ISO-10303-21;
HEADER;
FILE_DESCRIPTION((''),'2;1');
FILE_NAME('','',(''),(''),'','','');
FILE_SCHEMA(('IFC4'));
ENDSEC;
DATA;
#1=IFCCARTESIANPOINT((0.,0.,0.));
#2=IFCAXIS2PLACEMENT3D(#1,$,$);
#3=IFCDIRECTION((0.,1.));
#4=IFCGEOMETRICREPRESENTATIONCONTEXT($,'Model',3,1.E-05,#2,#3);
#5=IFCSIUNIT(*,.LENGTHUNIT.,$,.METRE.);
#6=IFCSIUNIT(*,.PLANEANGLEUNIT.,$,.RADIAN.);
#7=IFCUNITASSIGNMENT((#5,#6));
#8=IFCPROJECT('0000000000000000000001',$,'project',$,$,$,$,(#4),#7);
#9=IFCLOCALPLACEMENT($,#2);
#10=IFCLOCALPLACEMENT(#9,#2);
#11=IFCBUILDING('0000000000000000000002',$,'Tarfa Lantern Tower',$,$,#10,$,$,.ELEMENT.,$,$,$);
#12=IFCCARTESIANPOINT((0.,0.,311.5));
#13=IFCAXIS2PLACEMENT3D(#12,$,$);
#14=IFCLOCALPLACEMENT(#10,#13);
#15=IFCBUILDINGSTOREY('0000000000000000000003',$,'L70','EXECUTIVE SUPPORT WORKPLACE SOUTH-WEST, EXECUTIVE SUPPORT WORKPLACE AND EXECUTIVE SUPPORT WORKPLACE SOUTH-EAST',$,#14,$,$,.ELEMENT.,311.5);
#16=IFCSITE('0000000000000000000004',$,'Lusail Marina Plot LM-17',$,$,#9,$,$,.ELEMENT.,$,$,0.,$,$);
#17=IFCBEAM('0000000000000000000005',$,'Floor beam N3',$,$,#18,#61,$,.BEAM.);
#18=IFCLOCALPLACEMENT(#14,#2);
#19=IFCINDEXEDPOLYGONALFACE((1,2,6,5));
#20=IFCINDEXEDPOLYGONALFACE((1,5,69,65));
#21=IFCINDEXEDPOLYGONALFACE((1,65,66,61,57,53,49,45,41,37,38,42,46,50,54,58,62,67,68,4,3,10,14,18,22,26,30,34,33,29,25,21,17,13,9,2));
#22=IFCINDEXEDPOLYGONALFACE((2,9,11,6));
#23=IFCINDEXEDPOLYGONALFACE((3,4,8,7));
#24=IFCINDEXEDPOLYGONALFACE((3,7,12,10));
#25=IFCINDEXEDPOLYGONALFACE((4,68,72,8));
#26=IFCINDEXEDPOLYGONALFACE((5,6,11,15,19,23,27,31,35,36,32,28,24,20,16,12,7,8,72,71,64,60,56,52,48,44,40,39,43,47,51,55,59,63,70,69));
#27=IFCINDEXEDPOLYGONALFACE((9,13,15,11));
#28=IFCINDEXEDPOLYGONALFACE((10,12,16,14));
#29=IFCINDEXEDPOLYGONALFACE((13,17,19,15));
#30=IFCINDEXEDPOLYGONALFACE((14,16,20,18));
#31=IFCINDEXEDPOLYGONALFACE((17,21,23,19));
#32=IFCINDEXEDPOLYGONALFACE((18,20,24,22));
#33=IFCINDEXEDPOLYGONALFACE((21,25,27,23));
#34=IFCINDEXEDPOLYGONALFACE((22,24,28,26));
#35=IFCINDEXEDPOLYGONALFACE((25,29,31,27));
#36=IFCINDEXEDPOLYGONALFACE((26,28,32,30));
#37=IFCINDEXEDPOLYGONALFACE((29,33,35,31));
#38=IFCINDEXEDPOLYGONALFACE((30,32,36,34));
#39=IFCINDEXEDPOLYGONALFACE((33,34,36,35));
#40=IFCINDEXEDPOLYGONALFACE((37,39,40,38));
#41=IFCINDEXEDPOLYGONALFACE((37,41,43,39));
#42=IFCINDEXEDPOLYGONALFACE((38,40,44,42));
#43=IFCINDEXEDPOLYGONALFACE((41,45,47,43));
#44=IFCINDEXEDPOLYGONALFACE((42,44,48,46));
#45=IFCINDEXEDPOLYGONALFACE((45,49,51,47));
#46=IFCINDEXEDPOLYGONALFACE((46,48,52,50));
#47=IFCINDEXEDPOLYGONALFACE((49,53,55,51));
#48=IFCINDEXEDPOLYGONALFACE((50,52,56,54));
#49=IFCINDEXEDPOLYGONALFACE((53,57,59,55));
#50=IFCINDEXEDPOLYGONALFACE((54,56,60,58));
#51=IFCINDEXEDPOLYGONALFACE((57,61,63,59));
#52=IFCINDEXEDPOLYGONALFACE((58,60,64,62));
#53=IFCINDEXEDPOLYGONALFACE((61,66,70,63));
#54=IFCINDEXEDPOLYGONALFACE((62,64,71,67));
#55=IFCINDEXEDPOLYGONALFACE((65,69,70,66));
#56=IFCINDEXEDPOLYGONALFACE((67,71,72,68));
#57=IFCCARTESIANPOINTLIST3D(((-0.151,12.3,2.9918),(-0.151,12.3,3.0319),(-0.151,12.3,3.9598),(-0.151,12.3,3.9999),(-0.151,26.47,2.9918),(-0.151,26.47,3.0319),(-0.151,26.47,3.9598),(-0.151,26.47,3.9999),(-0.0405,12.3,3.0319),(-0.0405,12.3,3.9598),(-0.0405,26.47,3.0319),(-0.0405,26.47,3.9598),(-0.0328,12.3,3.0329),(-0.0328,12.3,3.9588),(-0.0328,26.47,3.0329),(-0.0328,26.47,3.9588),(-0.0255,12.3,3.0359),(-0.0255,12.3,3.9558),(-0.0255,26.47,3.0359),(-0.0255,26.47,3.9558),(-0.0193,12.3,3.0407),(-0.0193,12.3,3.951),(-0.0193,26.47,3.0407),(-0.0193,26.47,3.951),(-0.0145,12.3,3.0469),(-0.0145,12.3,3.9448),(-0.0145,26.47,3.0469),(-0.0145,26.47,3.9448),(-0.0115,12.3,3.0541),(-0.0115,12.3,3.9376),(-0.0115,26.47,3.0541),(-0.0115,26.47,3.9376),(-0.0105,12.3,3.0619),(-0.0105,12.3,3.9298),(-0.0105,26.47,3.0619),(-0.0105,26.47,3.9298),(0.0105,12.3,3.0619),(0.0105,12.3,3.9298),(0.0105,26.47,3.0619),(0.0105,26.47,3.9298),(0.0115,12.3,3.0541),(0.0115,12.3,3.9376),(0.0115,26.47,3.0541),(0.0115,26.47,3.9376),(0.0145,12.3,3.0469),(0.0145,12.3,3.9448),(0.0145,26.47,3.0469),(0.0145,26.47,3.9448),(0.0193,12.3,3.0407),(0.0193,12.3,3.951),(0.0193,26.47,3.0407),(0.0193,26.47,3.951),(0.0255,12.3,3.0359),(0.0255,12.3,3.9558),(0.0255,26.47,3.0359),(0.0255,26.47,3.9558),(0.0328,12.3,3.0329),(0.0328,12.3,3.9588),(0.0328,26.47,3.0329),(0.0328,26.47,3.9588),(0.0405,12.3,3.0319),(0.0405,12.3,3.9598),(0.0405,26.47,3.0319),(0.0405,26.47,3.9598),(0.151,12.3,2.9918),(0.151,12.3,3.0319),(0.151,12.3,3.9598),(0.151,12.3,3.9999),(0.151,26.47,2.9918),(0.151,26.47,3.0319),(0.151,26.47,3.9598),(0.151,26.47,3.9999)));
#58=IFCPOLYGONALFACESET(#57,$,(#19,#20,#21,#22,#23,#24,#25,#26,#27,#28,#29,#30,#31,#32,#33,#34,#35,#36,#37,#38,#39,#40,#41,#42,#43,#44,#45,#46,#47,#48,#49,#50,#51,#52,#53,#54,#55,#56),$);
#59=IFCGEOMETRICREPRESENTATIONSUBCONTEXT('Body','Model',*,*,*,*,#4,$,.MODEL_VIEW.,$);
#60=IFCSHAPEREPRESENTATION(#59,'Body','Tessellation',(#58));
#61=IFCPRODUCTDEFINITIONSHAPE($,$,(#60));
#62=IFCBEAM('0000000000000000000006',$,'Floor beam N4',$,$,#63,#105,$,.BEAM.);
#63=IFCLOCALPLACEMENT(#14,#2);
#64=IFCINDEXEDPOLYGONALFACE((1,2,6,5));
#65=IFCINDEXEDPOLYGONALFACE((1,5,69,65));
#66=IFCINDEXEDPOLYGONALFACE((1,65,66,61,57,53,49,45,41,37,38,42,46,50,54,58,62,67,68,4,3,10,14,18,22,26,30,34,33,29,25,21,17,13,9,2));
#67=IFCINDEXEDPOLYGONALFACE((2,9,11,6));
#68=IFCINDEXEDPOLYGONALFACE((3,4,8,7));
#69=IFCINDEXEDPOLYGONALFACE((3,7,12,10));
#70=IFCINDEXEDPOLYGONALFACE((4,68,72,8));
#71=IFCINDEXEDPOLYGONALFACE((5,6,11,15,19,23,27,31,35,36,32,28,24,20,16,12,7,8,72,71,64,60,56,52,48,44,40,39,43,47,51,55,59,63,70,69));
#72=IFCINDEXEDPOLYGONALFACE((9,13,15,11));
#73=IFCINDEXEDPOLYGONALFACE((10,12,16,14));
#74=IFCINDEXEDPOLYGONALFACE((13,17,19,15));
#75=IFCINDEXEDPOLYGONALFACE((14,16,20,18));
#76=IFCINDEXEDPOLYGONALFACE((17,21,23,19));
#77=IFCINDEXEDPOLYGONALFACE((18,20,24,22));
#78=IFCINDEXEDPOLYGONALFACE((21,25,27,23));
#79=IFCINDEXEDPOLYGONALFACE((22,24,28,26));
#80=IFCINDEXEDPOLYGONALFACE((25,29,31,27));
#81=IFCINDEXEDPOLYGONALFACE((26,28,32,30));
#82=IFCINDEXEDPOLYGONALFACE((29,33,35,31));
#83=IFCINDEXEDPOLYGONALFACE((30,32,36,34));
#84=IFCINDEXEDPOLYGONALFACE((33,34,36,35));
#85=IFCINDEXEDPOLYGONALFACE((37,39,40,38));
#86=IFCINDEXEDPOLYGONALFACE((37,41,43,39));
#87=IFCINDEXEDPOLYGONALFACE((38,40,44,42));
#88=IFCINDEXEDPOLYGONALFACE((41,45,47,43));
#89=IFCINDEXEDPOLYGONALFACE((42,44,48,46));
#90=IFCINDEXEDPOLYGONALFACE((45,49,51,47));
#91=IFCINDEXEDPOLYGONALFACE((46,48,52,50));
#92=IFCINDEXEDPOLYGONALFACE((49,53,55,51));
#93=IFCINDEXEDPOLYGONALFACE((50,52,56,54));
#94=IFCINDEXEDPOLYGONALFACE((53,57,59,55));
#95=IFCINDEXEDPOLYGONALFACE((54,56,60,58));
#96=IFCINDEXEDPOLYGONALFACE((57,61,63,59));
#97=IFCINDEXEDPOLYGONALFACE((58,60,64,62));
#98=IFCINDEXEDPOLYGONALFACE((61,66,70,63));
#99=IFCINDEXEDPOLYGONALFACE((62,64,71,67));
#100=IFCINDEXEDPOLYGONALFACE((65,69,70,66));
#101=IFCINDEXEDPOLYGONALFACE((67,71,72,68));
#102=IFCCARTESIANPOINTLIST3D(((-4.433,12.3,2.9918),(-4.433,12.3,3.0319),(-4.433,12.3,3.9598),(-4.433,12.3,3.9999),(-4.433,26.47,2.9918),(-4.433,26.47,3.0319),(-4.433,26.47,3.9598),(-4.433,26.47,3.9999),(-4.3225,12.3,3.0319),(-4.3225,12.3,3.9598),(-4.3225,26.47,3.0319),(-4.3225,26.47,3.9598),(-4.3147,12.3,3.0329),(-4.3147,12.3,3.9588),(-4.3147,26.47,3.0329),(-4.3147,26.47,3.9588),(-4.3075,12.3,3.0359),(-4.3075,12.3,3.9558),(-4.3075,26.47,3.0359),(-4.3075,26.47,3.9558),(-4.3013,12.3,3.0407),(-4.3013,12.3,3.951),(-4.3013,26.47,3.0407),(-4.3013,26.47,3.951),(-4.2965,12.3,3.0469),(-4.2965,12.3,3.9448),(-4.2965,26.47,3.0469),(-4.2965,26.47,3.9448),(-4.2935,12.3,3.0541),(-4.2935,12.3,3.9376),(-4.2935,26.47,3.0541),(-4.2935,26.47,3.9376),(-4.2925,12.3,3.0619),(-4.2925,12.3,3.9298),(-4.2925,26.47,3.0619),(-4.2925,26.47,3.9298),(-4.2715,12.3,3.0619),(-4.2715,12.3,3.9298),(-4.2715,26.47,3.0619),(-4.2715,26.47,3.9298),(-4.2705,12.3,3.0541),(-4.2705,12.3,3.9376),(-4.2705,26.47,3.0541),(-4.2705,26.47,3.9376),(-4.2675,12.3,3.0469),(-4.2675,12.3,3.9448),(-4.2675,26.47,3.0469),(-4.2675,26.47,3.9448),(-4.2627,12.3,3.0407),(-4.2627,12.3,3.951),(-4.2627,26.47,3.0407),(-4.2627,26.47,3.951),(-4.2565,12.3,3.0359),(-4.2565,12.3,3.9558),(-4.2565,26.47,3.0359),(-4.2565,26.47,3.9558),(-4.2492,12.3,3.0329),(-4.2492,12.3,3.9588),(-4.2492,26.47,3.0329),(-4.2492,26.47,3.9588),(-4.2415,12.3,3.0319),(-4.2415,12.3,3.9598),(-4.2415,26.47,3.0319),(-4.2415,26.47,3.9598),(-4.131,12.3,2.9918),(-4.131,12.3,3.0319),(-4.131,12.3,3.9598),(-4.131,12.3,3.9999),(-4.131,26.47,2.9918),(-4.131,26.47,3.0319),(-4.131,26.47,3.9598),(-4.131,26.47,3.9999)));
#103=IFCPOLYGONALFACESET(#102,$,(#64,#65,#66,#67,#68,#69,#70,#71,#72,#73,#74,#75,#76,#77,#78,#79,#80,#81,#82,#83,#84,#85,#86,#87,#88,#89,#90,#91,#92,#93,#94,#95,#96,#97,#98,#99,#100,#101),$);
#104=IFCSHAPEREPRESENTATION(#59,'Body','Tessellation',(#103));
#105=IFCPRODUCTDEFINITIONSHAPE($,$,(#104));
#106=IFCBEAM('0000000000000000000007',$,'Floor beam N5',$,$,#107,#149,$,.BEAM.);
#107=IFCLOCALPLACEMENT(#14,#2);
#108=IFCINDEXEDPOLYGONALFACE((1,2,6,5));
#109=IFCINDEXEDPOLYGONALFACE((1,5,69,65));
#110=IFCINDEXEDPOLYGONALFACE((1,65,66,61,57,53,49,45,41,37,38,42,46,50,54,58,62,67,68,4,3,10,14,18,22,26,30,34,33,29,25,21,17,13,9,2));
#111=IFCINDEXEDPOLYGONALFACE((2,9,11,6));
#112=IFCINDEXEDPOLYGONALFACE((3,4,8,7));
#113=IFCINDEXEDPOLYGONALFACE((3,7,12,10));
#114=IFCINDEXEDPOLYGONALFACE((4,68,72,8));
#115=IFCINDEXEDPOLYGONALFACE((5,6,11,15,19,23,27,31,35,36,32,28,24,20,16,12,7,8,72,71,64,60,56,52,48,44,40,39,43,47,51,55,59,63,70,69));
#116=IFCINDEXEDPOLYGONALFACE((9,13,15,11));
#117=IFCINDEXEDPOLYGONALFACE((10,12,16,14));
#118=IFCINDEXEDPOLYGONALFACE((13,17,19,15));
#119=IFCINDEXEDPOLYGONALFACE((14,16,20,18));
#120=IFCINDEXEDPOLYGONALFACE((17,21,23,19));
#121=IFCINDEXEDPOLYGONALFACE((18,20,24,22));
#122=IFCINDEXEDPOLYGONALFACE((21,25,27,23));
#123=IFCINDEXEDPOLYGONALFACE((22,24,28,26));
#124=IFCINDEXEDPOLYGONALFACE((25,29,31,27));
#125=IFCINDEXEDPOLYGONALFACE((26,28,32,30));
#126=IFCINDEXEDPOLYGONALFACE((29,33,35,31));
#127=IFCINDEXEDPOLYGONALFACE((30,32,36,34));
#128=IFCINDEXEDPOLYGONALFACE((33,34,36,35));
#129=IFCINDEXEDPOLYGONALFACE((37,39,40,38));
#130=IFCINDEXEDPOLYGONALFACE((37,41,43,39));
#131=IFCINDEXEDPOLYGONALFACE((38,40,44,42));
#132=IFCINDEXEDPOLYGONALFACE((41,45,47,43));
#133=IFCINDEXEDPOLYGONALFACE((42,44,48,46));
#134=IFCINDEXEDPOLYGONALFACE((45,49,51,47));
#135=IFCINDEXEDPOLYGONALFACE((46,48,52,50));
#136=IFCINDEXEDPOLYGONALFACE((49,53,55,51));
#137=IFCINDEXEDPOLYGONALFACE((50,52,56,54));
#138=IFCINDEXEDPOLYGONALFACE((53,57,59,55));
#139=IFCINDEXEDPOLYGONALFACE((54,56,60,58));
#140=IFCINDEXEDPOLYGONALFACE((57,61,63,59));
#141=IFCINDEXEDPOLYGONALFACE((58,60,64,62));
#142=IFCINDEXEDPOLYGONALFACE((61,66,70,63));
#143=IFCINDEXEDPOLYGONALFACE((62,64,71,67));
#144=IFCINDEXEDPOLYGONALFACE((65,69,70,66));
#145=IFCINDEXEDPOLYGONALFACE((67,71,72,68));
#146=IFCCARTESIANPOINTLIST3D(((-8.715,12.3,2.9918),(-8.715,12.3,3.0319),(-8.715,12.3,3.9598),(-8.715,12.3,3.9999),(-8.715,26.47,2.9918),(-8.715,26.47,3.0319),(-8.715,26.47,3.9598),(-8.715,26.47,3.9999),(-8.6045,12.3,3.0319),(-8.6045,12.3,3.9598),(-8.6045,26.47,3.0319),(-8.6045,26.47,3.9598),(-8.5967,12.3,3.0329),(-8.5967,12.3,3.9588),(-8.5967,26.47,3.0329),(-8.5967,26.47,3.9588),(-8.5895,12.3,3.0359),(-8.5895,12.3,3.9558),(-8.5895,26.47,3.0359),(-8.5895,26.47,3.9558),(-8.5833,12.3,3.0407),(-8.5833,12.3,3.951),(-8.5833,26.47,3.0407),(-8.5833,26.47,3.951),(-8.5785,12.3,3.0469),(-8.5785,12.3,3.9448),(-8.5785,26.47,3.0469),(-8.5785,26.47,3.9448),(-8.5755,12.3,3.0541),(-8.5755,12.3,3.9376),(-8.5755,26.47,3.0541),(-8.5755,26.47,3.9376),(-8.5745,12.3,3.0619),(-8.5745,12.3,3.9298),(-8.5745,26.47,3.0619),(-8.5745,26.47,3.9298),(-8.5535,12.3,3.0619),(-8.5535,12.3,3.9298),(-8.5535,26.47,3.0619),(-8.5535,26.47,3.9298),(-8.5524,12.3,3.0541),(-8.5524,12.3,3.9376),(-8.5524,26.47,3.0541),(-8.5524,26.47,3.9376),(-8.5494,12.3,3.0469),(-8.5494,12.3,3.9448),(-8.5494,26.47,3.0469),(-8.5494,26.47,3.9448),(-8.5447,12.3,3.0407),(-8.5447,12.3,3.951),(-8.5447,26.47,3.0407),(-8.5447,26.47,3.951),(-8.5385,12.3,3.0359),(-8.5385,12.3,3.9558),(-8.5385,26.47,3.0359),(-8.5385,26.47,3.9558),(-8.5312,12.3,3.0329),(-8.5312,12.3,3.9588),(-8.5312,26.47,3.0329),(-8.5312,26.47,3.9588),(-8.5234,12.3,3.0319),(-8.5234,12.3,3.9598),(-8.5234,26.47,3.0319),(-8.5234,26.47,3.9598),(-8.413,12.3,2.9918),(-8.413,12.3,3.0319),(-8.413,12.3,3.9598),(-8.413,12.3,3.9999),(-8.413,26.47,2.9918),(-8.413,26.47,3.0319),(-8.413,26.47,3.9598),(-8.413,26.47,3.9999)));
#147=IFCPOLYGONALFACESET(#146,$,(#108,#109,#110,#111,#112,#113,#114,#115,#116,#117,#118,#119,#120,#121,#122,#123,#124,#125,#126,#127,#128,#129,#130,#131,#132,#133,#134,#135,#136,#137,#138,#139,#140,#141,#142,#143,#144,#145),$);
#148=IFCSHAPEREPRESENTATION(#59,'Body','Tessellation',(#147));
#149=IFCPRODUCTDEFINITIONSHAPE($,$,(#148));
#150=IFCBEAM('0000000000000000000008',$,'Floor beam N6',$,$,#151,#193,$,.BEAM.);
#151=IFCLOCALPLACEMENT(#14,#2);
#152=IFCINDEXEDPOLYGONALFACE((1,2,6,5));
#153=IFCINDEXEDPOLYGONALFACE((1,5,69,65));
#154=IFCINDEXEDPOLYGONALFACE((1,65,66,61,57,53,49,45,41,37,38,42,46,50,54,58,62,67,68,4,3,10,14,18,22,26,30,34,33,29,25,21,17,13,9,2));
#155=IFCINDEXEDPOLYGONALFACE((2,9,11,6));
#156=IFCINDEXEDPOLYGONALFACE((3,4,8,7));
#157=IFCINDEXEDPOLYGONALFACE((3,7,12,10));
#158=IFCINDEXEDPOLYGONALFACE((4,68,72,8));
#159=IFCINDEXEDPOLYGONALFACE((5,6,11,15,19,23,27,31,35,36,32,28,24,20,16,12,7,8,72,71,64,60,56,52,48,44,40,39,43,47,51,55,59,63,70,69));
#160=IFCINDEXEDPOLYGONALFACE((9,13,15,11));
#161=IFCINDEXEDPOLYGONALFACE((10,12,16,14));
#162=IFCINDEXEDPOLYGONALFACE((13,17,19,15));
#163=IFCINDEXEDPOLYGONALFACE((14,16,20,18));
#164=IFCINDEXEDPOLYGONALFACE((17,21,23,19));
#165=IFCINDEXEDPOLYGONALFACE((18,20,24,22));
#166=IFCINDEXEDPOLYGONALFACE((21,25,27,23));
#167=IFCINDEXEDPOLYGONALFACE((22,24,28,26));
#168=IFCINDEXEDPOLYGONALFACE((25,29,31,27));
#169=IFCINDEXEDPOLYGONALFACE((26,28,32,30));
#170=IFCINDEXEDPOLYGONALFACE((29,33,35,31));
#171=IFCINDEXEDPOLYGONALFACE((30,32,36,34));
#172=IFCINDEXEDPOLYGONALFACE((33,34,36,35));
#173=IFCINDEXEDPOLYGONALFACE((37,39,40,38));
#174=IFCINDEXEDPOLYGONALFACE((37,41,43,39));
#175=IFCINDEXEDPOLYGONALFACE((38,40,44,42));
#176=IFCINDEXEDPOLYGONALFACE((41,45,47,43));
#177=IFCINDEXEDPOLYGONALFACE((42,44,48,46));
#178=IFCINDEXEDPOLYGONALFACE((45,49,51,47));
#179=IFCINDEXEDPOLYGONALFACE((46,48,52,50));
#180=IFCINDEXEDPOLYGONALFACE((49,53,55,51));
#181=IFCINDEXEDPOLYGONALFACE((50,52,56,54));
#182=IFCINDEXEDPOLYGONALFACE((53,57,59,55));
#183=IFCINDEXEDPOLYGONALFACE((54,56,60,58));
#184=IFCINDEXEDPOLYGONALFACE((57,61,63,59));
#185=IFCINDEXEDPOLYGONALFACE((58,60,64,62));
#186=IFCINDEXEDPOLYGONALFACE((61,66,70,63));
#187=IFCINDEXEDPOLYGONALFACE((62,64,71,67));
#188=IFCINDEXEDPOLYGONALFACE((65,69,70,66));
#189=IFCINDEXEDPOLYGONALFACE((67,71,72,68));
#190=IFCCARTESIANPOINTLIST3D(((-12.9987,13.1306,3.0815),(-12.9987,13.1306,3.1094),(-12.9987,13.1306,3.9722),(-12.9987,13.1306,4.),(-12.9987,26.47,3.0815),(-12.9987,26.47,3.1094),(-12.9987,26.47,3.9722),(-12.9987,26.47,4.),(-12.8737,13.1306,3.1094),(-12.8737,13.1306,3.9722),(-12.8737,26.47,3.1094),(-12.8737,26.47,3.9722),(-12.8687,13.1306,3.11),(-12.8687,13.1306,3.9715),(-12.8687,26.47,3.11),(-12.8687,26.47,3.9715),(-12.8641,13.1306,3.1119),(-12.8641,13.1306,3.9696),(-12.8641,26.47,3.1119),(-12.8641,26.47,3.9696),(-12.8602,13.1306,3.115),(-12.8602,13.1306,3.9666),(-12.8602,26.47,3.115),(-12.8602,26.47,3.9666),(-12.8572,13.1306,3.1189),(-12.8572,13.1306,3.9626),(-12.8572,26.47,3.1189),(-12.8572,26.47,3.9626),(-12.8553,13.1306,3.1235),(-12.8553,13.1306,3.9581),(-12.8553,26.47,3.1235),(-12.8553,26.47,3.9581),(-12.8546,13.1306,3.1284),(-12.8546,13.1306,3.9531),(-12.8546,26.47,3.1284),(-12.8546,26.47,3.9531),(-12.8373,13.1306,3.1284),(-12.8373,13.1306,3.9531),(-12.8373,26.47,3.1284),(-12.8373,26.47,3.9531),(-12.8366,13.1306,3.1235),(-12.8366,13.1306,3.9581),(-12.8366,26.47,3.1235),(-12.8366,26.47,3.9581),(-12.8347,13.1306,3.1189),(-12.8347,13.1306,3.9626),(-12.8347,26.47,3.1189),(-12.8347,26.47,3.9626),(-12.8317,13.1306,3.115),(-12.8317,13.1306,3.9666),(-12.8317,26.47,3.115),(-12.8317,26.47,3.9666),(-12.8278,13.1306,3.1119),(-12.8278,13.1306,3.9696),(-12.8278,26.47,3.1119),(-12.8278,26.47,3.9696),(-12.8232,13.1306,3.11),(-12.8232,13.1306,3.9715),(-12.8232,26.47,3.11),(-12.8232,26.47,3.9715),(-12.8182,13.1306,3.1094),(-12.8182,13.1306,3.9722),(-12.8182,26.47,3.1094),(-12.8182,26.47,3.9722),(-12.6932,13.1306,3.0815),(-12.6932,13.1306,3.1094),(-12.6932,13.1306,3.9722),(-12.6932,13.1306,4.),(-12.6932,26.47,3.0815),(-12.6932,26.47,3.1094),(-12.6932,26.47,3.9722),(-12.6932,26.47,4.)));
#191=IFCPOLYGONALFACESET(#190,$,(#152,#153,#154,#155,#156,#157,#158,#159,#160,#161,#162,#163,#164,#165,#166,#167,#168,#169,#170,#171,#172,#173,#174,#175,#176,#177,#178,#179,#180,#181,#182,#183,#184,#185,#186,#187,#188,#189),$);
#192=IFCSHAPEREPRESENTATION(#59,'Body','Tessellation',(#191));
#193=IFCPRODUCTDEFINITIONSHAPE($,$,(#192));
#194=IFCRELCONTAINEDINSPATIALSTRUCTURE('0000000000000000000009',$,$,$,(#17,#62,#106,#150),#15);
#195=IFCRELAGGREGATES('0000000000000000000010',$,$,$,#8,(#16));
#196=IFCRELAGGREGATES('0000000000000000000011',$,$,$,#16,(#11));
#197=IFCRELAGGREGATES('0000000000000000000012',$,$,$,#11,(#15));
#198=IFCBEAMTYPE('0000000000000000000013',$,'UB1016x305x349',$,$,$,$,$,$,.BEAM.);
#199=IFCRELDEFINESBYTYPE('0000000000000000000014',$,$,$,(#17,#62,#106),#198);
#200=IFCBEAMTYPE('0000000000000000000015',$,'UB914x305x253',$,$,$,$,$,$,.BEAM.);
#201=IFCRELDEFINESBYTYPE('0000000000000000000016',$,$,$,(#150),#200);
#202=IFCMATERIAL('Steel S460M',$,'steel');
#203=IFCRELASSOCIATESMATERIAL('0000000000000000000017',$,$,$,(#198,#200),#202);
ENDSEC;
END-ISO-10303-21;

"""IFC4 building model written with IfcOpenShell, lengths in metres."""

from ifc_helpers import new_model, si_unit, direction, frame, origin, origin_2d, place, context, subcontext, project, spatial, i_section, extrude, material, material_profile, profile_set, type_object, element, save


model = new_model("IFC4")

# Units and contexts
model_context = context("Model", 3, precision=1e-05, world=origin(), true_north=direction((0.0, 1.0)))
body_context = subcontext(model_context, "Body", "Model", "MODEL_VIEW")
ifc_project = project(units=[si_unit("LENGTHUNIT", "METRE"), si_unit("PLANEANGLEUNIT", "RADIAN")], contexts=[model_context])

# Site, building, storey
site_placement = place(None, origin())
site = spatial("IfcSite", under=ifc_project, at=site_placement, Name="Lusail Marina Plot LM-17", CompositionType="ELEMENT", RefElevation=0.0)
building_placement = place(site_placement, origin())
building = spatial("IfcBuilding", under=site, at=building_placement, Name="Tarfa Lantern Tower", CompositionType="ELEMENT")
storey_placement = place(building_placement, frame((0.0, 0.0, 311.5)))
storey = spatial("IfcBuildingStorey", under=building, at=storey_placement, Name="L70", Description="EXECUTIVE SUPPORT WORKPLACE SOUTH-WEST, EXECUTIVE SUPPORT WORKPLACE AND EXECUTIVE SUPPORT WORKPLACE SOUTH-EAST", CompositionType="ELEMENT", Elevation=311.5)

# Shared definitions
ifc_material_1 = material(Name="Steel S460M", Category="steel")

# Beams
ifc_material_profile_1 = material_profile(ifc_material_1, i_section(OverallWidth=0.302, OverallDepth=1.0081, WebThickness=0.021, FlangeThickness=0.04, FilletRadius=0.03, at=origin_2d()), Name="UB1016x305x349")
ifc_profile_set_1 = profile_set([ifc_material_profile_1], Name="Steel S460M")
beam_type_1 = type_object("IfcBeamType", Name="UB1016x305x349", PredefinedType="BEAM", material=ifc_profile_set_1)
for number, where, z_axis, x_axis, name in (
    (1, (0.0, 26.47, 3.4958), (0.0, -1.0, 0.0), (1.0, 0.0, 0.0), "Floor beam N3"),
    (2, (-4.282, 26.47, 3.4958), (0.0, -1.0, 0.0), (1.0, 0.0, 0.0), "Floor beam N4"),
    (3, (-8.564, 26.47, 3.4958), (0.0, -1.0, 0.0), (1.0, 0.0, 0.0), "Floor beam N5"),
):
    element("IfcBeam", number, at=place(storey_placement, frame(where, z_axis=z_axis, x_axis=x_axis)), inside=storey, type_object=beam_type_1, Name=name, PredefinedType="BEAM", context=body_context, shape_type="SweptSolid", body=[
        extrude(i_section(OverallWidth=0.302, OverallDepth=1.0081, WebThickness=0.021, FlangeThickness=0.04, FilletRadius=0.03, at=origin_2d()), origin(), (0.0, 0.0, 1.0), 14.1699),
    ])
ifc_material_profile_2 = material_profile(ifc_material_1, i_section(OverallWidth=0.3054, OverallDepth=0.9185, WebThickness=0.0173, FlangeThickness=0.0278, FilletRadius=0.019, at=origin_2d()), Name="UB914x305x253")
ifc_profile_set_2 = profile_set([ifc_material_profile_2], Name="Steel S460M")
beam_type_2 = type_object("IfcBeamType", Name="UB914x305x253", PredefinedType="BEAM", material=ifc_profile_set_2)
beam_1_placement = place(storey_placement, frame((-12.8459, 26.47, 3.5408), z_axis=(0.0, -1.0, 0.0), x_axis=(1.0, 0.0, 0.0)))
element("IfcBeam", 4, at=beam_1_placement, inside=storey, type_object=beam_type_2, Name="Floor beam N6", PredefinedType="BEAM", context=body_context, shape_type="SweptSolid", body=[
    extrude(i_section(OverallWidth=0.3054, OverallDepth=0.9185, WebThickness=0.0173, FlangeThickness=0.0278, FilletRadius=0.019, at=origin_2d()), origin(), (0.0, 0.0, 1.0), 13.3394),
])

save(model, "model.ifc")
